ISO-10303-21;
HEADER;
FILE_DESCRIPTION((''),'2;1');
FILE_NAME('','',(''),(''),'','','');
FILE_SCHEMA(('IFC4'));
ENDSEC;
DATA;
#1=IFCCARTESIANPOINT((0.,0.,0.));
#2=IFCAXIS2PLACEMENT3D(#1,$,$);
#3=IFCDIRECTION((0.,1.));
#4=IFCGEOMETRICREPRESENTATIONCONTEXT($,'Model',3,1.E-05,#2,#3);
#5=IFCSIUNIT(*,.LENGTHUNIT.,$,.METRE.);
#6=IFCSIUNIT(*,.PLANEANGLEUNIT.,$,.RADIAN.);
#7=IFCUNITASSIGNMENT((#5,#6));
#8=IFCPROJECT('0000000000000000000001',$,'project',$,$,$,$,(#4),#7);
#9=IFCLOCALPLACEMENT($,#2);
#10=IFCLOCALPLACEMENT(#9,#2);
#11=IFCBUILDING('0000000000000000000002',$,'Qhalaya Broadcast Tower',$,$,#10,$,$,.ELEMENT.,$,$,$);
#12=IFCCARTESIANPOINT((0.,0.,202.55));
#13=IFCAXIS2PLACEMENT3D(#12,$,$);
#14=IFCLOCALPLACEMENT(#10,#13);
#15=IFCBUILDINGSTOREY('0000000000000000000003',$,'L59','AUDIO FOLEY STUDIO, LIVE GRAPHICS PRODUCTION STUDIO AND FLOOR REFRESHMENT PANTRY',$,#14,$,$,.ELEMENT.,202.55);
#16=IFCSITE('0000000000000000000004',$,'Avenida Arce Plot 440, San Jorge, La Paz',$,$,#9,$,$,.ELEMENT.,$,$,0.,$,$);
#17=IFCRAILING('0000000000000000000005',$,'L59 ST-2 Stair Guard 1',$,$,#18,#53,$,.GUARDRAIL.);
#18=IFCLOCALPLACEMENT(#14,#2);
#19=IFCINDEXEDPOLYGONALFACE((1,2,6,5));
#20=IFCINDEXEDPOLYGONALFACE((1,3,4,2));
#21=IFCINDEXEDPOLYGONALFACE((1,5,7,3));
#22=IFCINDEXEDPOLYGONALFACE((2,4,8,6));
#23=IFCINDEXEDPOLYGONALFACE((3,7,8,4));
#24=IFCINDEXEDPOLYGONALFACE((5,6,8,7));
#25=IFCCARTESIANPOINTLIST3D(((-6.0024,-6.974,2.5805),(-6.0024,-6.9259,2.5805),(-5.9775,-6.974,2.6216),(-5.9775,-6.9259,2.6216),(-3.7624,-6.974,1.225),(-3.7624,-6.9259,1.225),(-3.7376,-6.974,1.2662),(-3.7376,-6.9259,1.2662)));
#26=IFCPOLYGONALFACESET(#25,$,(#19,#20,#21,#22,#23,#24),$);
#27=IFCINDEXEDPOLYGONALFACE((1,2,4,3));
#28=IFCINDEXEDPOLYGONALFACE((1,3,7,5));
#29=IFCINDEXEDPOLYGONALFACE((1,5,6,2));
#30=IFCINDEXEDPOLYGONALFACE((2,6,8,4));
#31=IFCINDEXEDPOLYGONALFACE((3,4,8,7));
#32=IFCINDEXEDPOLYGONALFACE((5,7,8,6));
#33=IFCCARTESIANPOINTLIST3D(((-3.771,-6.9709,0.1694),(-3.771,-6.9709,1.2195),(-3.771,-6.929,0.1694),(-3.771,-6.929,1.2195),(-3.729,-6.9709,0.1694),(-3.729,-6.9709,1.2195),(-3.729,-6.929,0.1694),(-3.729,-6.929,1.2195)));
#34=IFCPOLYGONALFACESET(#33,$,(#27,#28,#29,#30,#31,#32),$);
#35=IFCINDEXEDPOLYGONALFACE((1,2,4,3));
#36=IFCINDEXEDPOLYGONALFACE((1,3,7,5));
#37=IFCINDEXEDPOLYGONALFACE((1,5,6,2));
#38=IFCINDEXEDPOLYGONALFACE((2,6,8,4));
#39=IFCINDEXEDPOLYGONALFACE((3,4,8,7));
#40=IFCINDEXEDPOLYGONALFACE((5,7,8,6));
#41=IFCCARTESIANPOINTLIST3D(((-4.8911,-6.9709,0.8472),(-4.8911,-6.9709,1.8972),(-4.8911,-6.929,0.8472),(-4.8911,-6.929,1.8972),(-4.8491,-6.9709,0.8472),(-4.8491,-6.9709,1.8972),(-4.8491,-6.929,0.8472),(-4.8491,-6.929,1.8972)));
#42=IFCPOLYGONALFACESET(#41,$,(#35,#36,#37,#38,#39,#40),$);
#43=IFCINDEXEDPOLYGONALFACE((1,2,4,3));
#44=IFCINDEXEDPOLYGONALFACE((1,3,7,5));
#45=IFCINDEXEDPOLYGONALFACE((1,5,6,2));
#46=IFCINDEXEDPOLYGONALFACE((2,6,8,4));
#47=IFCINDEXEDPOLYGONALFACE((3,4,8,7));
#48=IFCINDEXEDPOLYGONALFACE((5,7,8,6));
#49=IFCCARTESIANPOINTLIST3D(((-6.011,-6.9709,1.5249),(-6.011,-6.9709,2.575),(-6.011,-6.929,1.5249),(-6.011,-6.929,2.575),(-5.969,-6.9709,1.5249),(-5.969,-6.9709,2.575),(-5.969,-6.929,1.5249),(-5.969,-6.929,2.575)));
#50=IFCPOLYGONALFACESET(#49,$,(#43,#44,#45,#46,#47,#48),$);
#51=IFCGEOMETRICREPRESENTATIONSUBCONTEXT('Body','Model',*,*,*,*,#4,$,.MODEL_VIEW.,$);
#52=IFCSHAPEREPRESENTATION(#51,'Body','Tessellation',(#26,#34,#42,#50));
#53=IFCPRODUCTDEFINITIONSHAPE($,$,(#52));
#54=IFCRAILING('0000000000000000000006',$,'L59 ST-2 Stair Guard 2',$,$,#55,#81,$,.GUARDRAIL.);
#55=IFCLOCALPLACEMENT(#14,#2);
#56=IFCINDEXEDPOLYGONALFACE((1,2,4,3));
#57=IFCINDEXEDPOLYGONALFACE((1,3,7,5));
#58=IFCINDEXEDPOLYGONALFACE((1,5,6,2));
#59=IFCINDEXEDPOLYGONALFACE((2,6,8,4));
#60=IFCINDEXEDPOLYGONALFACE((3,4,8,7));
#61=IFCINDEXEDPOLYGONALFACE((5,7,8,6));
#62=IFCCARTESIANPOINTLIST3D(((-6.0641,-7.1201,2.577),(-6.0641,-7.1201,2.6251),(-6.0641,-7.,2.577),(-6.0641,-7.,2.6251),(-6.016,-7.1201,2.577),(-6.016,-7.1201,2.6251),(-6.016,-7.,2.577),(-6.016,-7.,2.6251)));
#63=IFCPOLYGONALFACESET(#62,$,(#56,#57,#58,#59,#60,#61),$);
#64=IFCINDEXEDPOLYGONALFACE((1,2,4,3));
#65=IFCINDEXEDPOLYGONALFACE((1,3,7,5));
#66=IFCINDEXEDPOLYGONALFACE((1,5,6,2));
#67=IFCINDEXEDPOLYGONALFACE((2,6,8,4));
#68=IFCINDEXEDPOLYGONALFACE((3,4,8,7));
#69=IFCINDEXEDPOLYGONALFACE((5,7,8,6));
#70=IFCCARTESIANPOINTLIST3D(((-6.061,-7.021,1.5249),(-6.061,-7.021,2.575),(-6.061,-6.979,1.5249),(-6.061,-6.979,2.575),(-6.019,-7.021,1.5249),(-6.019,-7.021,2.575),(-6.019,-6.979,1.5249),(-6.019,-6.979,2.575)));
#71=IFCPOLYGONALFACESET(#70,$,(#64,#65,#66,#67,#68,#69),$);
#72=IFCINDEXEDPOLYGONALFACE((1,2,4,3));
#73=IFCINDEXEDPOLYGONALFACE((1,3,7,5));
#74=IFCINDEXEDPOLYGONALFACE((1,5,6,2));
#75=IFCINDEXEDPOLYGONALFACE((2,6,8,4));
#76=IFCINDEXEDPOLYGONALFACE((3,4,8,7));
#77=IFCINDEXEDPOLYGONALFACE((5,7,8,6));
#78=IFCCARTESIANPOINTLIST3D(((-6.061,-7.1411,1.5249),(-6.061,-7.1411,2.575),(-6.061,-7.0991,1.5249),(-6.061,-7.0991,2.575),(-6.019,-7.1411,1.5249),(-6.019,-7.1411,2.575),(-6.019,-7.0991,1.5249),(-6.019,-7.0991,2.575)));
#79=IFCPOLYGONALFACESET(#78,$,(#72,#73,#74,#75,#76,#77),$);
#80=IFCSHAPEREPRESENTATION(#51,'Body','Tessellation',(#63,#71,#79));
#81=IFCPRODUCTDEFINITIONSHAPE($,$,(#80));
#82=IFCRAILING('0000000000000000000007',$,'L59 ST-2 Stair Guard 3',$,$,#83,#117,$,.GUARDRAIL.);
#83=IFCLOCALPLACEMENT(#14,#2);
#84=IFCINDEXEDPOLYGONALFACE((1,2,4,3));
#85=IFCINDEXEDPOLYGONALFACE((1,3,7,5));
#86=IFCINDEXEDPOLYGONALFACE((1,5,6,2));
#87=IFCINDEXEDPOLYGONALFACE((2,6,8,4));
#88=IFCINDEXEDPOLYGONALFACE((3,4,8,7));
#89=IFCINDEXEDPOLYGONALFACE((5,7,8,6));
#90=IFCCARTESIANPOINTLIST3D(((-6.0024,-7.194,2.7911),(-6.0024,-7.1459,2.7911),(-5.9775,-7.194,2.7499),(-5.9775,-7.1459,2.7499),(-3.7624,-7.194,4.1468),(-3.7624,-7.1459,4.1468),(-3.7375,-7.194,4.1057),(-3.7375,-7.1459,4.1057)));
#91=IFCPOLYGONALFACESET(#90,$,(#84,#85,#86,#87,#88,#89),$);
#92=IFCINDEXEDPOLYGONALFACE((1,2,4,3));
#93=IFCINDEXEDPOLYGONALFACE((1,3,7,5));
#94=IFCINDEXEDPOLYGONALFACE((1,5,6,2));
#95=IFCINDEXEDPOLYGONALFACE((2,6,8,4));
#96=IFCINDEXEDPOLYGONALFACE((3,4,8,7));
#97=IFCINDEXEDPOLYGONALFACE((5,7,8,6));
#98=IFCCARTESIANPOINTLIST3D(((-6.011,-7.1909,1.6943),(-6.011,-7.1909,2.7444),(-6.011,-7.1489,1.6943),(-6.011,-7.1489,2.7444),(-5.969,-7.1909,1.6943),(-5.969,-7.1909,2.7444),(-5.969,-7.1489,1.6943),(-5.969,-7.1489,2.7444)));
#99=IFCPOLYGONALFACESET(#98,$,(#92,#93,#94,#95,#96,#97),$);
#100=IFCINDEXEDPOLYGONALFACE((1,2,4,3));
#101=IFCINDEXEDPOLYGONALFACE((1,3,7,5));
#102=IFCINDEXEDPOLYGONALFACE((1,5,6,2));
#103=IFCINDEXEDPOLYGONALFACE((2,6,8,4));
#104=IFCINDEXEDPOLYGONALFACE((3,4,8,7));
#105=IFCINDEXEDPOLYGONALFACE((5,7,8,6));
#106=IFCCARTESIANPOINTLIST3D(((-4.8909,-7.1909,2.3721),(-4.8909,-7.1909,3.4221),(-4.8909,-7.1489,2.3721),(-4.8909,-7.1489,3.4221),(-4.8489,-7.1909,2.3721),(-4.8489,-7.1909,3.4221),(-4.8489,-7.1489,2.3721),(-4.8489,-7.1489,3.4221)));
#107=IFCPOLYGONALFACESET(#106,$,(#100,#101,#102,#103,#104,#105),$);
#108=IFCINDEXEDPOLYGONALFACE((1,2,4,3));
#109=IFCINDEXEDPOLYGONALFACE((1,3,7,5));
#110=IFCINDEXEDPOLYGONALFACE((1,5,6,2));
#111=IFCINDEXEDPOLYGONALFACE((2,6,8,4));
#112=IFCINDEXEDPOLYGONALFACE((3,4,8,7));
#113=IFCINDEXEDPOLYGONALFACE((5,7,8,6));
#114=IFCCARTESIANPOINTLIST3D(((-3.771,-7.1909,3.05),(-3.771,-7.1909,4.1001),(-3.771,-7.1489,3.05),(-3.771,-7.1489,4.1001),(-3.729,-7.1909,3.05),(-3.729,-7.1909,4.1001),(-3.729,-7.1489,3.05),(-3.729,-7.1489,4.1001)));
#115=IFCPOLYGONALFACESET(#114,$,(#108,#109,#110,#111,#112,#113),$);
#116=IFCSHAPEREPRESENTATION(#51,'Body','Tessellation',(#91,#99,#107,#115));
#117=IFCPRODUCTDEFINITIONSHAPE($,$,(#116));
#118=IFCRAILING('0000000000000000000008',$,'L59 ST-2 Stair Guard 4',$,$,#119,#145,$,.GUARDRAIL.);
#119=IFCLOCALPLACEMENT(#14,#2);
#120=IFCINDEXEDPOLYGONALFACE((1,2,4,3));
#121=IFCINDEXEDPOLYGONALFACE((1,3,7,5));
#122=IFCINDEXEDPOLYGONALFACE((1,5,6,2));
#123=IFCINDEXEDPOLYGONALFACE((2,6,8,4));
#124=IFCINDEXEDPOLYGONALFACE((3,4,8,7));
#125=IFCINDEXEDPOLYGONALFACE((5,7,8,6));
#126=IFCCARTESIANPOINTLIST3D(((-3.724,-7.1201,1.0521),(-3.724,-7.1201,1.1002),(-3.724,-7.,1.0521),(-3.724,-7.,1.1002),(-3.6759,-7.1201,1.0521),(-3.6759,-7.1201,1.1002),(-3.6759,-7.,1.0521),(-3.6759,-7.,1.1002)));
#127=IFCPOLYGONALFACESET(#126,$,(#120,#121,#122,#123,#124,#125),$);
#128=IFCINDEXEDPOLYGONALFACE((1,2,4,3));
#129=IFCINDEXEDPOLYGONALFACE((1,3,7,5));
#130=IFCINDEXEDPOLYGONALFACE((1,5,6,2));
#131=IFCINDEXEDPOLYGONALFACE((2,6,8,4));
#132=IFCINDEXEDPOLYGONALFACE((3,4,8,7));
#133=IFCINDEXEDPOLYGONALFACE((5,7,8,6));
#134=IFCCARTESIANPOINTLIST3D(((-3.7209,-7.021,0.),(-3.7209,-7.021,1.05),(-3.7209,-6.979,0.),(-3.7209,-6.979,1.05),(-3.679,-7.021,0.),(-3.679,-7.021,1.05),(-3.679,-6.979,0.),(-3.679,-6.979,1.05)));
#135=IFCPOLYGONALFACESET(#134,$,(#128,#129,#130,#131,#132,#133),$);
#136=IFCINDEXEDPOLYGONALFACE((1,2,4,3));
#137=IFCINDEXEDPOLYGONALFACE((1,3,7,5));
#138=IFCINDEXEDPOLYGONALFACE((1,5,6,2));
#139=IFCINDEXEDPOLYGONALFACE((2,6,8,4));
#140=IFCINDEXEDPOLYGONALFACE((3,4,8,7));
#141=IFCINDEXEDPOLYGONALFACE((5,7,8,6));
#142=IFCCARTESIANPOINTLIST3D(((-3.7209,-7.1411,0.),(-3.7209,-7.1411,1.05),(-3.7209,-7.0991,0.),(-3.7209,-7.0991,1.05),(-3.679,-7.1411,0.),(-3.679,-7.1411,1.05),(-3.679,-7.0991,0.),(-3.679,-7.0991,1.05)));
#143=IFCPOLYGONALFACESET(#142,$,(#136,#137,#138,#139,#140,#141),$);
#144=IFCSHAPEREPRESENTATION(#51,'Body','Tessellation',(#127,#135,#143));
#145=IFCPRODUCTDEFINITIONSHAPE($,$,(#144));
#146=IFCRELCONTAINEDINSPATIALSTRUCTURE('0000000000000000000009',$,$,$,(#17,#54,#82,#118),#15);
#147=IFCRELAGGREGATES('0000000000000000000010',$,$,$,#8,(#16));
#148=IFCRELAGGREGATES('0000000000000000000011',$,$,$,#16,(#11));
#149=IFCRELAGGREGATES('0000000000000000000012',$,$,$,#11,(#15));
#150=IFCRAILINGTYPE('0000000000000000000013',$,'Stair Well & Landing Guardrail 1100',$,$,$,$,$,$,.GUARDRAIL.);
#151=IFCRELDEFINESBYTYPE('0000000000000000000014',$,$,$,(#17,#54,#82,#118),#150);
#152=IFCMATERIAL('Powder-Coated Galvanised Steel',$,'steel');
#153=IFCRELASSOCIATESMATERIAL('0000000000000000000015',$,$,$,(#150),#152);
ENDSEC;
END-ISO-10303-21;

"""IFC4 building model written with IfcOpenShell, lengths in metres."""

from ifc_helpers import new_model, si_unit, direction, frame, origin, origin_2d, place, context, subcontext, project, spatial, rectangle, extrude, material, type_object, element, save


model = new_model("IFC4")

# Units and contexts
model_context = context("Model", 3, precision=1e-05, world=origin(), true_north=direction((0.0, 1.0)))
body_context = subcontext(model_context, "Body", "Model", "MODEL_VIEW")
ifc_project = project(units=[si_unit("LENGTHUNIT", "METRE"), si_unit("PLANEANGLEUNIT", "RADIAN")], contexts=[model_context])

# Site, building, storey
site_placement = place(None, origin())
site = spatial("IfcSite", under=ifc_project, at=site_placement, Name="Avenida Arce Plot 440, San Jorge, La Paz", CompositionType="ELEMENT", RefElevation=0.0)
building_placement = place(site_placement, origin())
building = spatial("IfcBuilding", under=site, at=building_placement, Name="Qhalaya Broadcast Tower", CompositionType="ELEMENT")
storey_placement = place(building_placement, frame((0.0, 0.0, 202.55)))
storey = spatial("IfcBuildingStorey", under=building, at=storey_placement, Name="L59", Description="AUDIO FOLEY STUDIO, LIVE GRAPHICS PRODUCTION STUDIO AND FLOOR REFRESHMENT PANTRY", CompositionType="ELEMENT", Elevation=202.55)

# Railings
ifc_material_1 = material(Name="Powder-Coated Galvanised Steel", Category="steel")
railing_type_1 = type_object("IfcRailingType", Name="Stair Well & Landing Guardrail 1100", PredefinedType="GUARDRAIL", material=ifc_material_1)
railing_1_placement = place(storey_placement, frame((-3.75, -6.95, 0.1694)))
element("IfcRailing", 1, at=railing_1_placement, inside=storey, type_object=railing_type_1, Name="L59 ST-2 Stair Guard 1", PredefinedType="GUARDRAIL", context=body_context, shape_type="SweptSolid", body=[
    extrude(rectangle(XDim=0.0481, YDim=0.0481, at=origin_2d()), frame((0.0, 0.0, 1.0762), z_axis=(-0.855553, 0.0, 0.517715), x_axis=(0.0, -1.0, 0.0)), (0.0, 0.0, 1.0), 2.6182),
    extrude(rectangle(XDim=0.042, YDim=0.042, at=origin_2d()), origin(), (0.0, 0.0, 1.0), 1.05),
    extrude(rectangle(XDim=0.042, YDim=0.042, at=origin_2d()), frame((-1.1201, 0.0, 0.6777)), (0.0, 0.0, 1.0), 1.05),
    extrude(rectangle(XDim=0.042, YDim=0.042, at=origin_2d()), frame((-2.24, 0.0, 1.3555)), (0.0, 0.0, 1.0), 1.05),
])
railing_2_placement = place(storey_placement, frame((-6.04, -7.0, 1.5249)))
element("IfcRailing", 2, at=railing_2_placement, inside=storey, type_object=railing_type_1, Name="L59 ST-2 Stair Guard 2", PredefinedType="GUARDRAIL", context=body_context, shape_type="SweptSolid", body=[
    extrude(rectangle(XDim=0.0481, YDim=0.0481, at=origin_2d()), frame((0.0, 0.0, 1.0762), z_axis=(0.0, -1.0, 0.0), x_axis=(1.0, 0.0, 0.0)), (0.0, 0.0, 1.0), 0.1201),
    extrude(rectangle(XDim=0.042, YDim=0.042, at=origin_2d()), origin(), (0.0, 0.0, 1.0), 1.05),
    extrude(rectangle(XDim=0.042, YDim=0.042, at=origin_2d()), frame((0.0, -0.1201, 0.0)), (0.0, 0.0, 1.0), 1.05),
])
railing_3_placement = place(storey_placement, frame((-5.99, -7.1699, 1.6943)))
element("IfcRailing", 3, at=railing_3_placement, inside=storey, type_object=railing_type_1, Name="L59 ST-2 Stair Guard 3", PredefinedType="GUARDRAIL", context=body_context, shape_type="SweptSolid", body=[
    extrude(rectangle(XDim=0.0481, YDim=0.0481, at=origin_2d()), frame((0.0, 0.0, 1.0762), z_axis=(0.855512, 0.0, 0.517783), x_axis=(0.0, 1.0, 0.0)), (0.0, 0.0, 1.0), 2.6184),
    extrude(rectangle(XDim=0.042, YDim=0.042, at=origin_2d()), origin(), (0.0, 0.0, 1.0), 1.05),
    extrude(rectangle(XDim=0.042, YDim=0.042, at=origin_2d()), frame((1.1201, 0.0, 0.6777)), (0.0, 0.0, 1.0), 1.05),
    extrude(rectangle(XDim=0.042, YDim=0.042, at=origin_2d()), frame((2.24, 0.0, 1.3557)), (0.0, 0.0, 1.0), 1.05),
])
railing_4_placement = place(storey_placement, frame((-3.7, -7.0, 0.0)))
element("IfcRailing", 4, at=railing_4_placement, inside=storey, type_object=railing_type_1, Name="L59 ST-2 Stair Guard 4", PredefinedType="GUARDRAIL", context=body_context, shape_type="SweptSolid", body=[
    extrude(rectangle(XDim=0.0481, YDim=0.0481, at=origin_2d()), frame((0.0, 0.0, 1.0762), z_axis=(0.0, -1.0, 0.0), x_axis=(1.0, 0.0, 0.0)), (0.0, 0.0, 1.0), 0.1201),
    extrude(rectangle(XDim=0.042, YDim=0.042, at=origin_2d()), origin(), (0.0, 0.0, 1.0), 1.05),
    extrude(rectangle(XDim=0.042, YDim=0.042, at=origin_2d()), frame((0.0, -0.1201, 0.0)), (0.0, 0.0, 1.0), 1.05),
])

save(model, "model.ifc")
